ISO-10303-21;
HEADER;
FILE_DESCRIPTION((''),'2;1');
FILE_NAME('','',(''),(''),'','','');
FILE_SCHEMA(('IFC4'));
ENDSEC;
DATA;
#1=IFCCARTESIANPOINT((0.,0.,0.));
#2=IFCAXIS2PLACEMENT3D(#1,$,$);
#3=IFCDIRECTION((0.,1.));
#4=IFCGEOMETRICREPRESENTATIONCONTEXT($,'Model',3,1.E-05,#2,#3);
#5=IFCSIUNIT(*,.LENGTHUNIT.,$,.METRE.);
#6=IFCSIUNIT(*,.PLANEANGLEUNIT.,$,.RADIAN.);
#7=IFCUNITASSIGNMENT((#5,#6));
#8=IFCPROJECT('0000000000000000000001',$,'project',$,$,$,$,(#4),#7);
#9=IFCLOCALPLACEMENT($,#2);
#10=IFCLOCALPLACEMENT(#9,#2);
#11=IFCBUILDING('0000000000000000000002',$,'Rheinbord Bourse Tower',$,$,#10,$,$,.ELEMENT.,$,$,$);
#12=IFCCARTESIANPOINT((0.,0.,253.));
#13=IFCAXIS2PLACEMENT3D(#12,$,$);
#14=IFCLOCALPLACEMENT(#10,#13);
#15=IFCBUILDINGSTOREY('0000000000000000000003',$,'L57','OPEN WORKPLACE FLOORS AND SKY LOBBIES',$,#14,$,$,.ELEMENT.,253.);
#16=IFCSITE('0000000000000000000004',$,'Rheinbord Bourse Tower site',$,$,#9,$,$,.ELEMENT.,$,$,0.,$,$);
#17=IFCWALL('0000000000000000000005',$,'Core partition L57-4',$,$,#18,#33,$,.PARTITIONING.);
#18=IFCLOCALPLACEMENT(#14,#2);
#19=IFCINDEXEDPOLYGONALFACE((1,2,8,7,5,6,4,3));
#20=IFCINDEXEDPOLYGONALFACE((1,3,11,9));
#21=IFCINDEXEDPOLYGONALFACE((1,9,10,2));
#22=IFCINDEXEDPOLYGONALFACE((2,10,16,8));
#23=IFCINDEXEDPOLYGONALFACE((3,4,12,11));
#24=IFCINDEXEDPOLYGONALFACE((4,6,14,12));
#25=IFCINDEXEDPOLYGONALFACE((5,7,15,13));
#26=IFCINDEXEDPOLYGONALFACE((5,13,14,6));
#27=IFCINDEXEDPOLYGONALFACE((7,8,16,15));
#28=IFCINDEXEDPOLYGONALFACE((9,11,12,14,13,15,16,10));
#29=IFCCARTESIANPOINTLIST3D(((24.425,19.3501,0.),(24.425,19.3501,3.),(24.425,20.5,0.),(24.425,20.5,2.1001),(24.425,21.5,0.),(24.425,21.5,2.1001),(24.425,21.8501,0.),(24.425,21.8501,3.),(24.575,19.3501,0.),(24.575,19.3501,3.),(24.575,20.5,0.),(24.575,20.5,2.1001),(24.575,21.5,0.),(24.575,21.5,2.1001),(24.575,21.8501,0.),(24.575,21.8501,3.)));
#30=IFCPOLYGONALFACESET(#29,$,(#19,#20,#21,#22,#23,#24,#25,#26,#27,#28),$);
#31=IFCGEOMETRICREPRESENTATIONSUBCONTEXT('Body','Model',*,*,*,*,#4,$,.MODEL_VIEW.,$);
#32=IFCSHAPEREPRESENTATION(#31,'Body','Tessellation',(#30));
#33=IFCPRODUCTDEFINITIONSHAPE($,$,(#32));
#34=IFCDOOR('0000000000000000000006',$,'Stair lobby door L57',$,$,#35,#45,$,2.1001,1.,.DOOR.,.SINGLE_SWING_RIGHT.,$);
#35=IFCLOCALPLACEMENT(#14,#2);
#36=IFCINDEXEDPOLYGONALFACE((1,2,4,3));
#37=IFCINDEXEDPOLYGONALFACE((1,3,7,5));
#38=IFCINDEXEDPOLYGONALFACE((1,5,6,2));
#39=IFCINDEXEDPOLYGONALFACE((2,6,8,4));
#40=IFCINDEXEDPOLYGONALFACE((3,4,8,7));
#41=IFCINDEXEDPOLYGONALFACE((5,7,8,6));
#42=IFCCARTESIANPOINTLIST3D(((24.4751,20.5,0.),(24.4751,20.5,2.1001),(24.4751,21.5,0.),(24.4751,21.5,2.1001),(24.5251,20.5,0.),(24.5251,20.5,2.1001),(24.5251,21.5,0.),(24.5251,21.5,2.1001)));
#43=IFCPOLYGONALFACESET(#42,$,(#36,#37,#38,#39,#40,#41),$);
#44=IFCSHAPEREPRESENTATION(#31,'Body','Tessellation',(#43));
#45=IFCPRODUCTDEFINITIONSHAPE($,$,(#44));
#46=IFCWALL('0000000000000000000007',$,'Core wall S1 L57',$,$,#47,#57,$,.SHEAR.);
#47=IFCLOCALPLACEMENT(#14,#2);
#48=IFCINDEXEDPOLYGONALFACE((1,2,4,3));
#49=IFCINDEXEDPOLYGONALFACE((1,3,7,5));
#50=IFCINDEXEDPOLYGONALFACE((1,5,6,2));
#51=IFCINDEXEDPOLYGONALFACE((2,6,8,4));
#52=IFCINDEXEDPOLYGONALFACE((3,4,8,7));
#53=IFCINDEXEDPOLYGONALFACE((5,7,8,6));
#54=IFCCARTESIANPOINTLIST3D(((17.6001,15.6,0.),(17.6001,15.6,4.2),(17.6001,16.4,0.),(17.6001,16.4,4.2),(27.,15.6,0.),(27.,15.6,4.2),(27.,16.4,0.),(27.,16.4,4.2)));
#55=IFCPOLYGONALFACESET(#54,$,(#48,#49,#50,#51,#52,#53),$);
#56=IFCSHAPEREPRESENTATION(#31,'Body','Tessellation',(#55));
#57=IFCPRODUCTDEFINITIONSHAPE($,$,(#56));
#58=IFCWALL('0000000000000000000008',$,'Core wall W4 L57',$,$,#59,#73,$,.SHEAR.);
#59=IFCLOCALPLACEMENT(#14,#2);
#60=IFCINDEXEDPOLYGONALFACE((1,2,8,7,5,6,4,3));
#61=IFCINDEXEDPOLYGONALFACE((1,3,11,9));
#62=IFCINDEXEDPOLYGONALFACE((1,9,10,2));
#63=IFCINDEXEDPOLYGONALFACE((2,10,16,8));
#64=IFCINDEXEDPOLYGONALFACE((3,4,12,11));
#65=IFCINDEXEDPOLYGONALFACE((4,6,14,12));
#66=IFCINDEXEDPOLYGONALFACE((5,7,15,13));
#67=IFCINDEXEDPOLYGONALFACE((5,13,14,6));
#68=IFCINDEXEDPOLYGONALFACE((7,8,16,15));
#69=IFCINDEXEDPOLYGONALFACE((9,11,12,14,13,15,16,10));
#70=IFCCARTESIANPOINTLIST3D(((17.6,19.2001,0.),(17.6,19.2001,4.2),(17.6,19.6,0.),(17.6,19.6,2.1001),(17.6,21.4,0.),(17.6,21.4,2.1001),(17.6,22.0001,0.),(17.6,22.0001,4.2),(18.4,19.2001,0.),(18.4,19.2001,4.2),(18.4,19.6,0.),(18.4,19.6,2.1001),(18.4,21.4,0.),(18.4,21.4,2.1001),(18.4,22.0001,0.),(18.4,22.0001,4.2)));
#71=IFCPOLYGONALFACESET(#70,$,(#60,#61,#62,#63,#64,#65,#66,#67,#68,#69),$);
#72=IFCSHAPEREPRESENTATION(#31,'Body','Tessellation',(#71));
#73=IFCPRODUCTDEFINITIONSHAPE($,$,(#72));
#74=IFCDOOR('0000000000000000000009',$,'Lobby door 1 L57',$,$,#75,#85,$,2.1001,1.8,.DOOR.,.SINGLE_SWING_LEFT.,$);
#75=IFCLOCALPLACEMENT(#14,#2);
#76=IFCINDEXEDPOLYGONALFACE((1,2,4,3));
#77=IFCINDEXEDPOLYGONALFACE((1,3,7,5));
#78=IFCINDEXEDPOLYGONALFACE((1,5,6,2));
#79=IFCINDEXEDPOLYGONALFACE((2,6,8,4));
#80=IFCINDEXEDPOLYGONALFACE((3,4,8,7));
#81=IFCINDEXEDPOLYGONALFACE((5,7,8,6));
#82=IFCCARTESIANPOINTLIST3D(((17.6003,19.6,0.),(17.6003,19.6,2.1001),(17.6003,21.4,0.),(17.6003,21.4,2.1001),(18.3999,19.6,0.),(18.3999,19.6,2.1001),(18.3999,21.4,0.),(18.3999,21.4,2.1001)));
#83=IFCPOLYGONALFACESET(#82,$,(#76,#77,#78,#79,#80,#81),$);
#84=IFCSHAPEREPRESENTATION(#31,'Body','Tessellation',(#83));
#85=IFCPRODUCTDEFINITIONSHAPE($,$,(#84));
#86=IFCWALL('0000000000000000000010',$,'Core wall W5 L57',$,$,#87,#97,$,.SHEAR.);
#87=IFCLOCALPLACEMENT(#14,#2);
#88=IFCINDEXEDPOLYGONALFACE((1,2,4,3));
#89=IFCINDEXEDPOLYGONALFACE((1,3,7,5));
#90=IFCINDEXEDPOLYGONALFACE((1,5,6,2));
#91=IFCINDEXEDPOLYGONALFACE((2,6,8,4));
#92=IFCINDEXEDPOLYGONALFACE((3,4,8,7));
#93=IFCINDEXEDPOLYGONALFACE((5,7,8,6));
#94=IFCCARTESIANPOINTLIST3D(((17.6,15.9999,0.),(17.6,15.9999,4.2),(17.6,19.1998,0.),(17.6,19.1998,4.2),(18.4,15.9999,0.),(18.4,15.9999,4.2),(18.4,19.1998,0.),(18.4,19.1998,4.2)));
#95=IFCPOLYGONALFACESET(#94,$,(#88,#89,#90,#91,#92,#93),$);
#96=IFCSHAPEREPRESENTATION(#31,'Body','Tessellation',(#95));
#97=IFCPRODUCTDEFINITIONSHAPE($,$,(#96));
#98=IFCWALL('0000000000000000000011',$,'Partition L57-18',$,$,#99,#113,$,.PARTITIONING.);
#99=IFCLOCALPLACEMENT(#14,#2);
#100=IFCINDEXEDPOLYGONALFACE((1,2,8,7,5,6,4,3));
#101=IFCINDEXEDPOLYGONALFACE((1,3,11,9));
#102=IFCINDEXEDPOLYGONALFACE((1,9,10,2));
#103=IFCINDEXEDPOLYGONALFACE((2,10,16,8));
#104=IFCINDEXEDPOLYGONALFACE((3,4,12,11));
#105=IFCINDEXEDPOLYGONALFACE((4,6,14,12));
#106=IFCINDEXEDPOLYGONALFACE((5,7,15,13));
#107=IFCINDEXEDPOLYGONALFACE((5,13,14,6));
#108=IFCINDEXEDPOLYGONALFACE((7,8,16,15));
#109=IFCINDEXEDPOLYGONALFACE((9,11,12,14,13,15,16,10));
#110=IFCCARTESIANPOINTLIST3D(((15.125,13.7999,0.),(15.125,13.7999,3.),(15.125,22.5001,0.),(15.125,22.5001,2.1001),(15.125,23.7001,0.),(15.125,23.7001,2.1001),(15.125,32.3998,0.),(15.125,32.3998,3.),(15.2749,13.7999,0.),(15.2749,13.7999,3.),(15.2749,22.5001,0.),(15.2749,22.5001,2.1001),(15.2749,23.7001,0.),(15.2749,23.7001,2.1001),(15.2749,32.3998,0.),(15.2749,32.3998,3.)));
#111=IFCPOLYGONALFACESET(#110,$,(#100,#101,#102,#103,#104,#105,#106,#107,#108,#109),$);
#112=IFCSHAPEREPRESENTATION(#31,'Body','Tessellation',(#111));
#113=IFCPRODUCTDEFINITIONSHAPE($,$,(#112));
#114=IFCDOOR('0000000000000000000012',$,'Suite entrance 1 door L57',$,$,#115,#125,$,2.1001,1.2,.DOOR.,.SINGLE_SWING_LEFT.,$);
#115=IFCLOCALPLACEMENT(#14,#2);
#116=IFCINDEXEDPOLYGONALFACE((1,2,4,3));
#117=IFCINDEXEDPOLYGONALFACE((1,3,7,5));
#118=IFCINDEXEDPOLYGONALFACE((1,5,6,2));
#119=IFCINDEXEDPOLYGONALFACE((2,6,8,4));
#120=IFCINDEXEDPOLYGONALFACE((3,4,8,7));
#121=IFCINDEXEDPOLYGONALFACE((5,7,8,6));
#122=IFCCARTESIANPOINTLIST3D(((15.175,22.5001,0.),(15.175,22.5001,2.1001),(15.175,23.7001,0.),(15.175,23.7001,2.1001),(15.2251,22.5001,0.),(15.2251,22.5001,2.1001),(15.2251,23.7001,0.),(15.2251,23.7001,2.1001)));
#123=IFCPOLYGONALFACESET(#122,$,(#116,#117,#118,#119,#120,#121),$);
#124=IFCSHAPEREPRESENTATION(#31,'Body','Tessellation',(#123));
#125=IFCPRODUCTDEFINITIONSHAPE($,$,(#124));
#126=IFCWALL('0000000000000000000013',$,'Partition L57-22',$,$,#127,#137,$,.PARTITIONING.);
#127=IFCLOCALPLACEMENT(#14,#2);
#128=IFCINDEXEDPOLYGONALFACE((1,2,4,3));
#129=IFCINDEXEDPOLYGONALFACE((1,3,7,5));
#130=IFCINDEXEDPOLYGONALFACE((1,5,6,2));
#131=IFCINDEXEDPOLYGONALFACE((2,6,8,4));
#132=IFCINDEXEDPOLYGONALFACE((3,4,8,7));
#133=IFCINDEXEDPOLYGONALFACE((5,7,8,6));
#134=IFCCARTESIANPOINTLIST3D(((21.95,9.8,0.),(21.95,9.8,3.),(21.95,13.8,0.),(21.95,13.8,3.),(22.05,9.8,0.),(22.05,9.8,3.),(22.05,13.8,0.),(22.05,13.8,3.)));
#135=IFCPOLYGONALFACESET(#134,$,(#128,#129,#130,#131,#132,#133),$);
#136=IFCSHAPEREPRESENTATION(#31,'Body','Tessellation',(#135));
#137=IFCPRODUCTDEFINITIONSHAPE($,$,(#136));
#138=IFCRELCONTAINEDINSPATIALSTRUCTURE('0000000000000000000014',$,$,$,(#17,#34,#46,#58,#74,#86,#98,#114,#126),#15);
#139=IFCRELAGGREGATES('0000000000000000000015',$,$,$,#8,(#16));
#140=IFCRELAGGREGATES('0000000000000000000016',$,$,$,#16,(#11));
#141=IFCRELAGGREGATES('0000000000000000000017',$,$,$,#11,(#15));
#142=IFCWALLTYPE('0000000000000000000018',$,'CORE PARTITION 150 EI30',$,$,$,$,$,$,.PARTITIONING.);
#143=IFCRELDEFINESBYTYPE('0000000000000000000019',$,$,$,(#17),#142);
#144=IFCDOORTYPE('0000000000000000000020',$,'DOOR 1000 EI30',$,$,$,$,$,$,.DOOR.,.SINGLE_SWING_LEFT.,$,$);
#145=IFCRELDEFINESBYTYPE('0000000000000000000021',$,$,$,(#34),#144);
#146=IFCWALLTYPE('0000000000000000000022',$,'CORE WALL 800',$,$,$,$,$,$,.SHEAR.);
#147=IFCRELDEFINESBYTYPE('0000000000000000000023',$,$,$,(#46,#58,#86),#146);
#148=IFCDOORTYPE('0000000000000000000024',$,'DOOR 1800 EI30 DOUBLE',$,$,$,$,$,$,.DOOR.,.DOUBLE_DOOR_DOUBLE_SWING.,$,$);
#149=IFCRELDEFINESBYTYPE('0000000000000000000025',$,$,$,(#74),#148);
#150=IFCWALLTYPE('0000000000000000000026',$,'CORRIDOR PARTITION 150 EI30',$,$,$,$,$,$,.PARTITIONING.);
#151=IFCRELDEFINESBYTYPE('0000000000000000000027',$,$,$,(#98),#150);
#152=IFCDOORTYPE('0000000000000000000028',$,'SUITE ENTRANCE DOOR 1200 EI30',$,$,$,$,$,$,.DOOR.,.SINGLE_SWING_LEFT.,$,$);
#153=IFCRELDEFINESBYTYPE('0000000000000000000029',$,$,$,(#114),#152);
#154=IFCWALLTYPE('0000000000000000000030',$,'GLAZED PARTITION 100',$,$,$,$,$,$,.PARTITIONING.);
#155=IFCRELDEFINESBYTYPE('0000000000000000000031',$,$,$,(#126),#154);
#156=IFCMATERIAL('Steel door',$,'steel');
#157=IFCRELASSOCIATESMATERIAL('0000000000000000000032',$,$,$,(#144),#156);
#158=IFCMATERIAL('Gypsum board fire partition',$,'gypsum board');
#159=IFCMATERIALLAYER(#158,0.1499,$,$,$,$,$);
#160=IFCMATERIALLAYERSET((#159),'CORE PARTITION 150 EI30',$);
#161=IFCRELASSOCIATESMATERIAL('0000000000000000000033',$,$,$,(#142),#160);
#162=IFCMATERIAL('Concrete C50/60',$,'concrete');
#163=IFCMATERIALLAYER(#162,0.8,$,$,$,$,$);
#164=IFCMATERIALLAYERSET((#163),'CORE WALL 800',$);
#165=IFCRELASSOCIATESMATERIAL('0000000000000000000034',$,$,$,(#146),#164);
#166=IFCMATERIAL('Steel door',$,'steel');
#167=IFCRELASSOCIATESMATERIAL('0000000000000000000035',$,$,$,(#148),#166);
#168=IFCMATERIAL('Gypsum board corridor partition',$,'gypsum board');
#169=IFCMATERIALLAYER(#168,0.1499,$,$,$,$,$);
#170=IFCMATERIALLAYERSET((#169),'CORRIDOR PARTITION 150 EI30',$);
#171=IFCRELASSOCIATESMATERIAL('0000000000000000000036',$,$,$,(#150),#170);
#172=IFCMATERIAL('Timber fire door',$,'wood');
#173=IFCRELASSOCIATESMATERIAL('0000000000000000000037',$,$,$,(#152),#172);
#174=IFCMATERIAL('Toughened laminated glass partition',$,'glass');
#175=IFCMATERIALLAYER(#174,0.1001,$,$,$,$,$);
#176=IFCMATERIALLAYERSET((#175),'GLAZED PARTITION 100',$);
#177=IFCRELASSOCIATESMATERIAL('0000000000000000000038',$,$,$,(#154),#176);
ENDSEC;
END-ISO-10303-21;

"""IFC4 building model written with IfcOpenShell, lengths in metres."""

from ifc_helpers import new_model, si_unit, direction, frame, frame_2d, origin, place, context, subcontext, project, spatial, rectangle, extrude, material, layer, layer_set, type_object, element, fill, save


model = new_model("IFC4")

# Units and contexts
model_context = context("Model", 3, precision=1e-05, world=origin(), true_north=direction((0.0, 1.0)))
body_context = subcontext(model_context, "Body", "Model", "MODEL_VIEW")
ifc_project = project(units=[si_unit("LENGTHUNIT", "METRE"), si_unit("PLANEANGLEUNIT", "RADIAN")], contexts=[model_context])

# Site, building, storey
site_placement = place(None, origin())
site = spatial("IfcSite", under=ifc_project, at=site_placement, Name="Rheinbord Bourse Tower site", CompositionType="ELEMENT", RefElevation=0.0)
building_placement = place(site_placement, origin())
building = spatial("IfcBuilding", under=site, at=building_placement, Name="Rheinbord Bourse Tower", CompositionType="ELEMENT")
storey_placement = place(building_placement, frame((0.0, 0.0, 253.0)))
storey = spatial("IfcBuildingStorey", under=building, at=storey_placement, Name="L57", Description="OPEN WORKPLACE FLOORS AND SKY LOBBIES", CompositionType="ELEMENT", Elevation=253.0)

# Shared definitions
ifc_material_1 = material(Name="Steel door", Category="steel")
door_type_1 = type_object("IfcDoorType", Name="DOOR 1000 EI30", OperationType="SINGLE_SWING_LEFT", PredefinedType="DOOR", material=ifc_material_1)

# Wall, opening, door
ifc_material_2 = material(Name="Gypsum board fire partition", Category="gypsum board")
ifc_layer_1 = layer(ifc_material_2, 0.1499)
ifc_layer_set_1 = layer_set([ifc_layer_1], Name="CORE PARTITION 150 EI30")
wall_type_1 = type_object("IfcWallType", Name="CORE PARTITION 150 EI30", PredefinedType="PARTITIONING", material=ifc_layer_set_1)
wall_1_placement = place(storey_placement, frame((24.5, 19.3501, 0.0), z_axis=(0.0, 0.0, 1.0), x_axis=(0.0, 1.0, 0.0)))
wall_1 = element("IfcWall", 1, at=wall_1_placement, inside=storey, type_object=wall_type_1, Name="Core partition L57-4", PredefinedType="PARTITIONING", context=body_context, shape_type="SweptSolid", body=[
    extrude(rectangle(XDim=2.5, YDim=0.1499, at=frame_2d((1.25, 0.0))), origin(), (0.0, 0.0, 1.0), 3.0),
])
opening_1_placement = place(wall_1_placement, frame((1.1499, 0.0, 0.0)))
opening_1 = element("IfcOpeningElement", 2, at=opening_1_placement, cuts=wall_1, PredefinedType="OPENING", context=body_context, shape_type="SweptSolid", body=[
    extrude(rectangle(XDim=1.0, YDim=2.1001, at=frame_2d((0.5, 1.05))), frame((0.0, 0.085, 0.0), z_axis=(0.0, -1.0, 0.0), x_axis=(1.0, 0.0, 0.0)), (0.0, 0.0, 1.0), 0.1699),
])
door_1_placement = place(opening_1_placement, origin())
door_1 = element("IfcDoor", 3, at=door_1_placement, inside=storey, type_object=door_type_1, Name="Stair lobby door L57", OperationType="SINGLE_SWING_RIGHT", OverallHeight=2.1001, OverallWidth=1.0, PredefinedType="DOOR", context=body_context, shape_type="SweptSolid", body=[
    extrude(rectangle(XDim=1.0, YDim=2.1001, at=frame_2d((0.5, 1.05))), frame((0.0, 0.0249, 0.0), z_axis=(0.0, -1.0, 0.0), x_axis=(1.0, 0.0, 0.0)), (0.0, 0.0, 1.0), 0.05),
])
fill(opening_1, door_1)

# Wall
ifc_material_3 = material(Name="Concrete C50/60", Category="concrete")
ifc_layer_2 = layer(ifc_material_3, 0.8)
ifc_layer_set_2 = layer_set([ifc_layer_2], Name="CORE WALL 800")
wall_type_2 = type_object("IfcWallType", Name="CORE WALL 800", PredefinedType="SHEAR", material=ifc_layer_set_2)
wall_2_placement = place(storey_placement, frame((17.6001, 16.0, 0.0), z_axis=(0.0, 0.0, 1.0), x_axis=(1.0, 0.0, 0.0)))
element("IfcWall", 4, at=wall_2_placement, inside=storey, type_object=wall_type_2, Name="Core wall S1 L57", PredefinedType="SHEAR", context=body_context, shape_type="SweptSolid", body=[
    extrude(rectangle(XDim=9.3999, YDim=0.8, at=frame_2d((4.7, 0.0))), origin(), (0.0, 0.0, 1.0), 4.2),
])

# Wall, opening, door
wall_3_placement = place(storey_placement, frame((18.0, 22.0, 0.0), z_axis=(0.0, 0.0, 1.0), x_axis=(0.0, -1.0, 0.0)))
wall_3 = element("IfcWall", 5, at=wall_3_placement, inside=storey, type_object=wall_type_2, Name="Core wall W4 L57", PredefinedType="SHEAR", context=body_context, shape_type="SweptSolid", body=[
    extrude(rectangle(XDim=2.8, YDim=0.8, at=frame_2d((1.3999, 0.0))), origin(), (0.0, 0.0, 1.0), 4.2),
])
opening_2_placement = place(wall_3_placement, frame((0.6001, 0.0, 0.0)))
opening_2 = element("IfcOpeningElement", 6, at=opening_2_placement, cuts=wall_3, PredefinedType="OPENING", context=body_context, shape_type="SweptSolid", body=[
    extrude(rectangle(XDim=1.8, YDim=2.1001, at=frame_2d((0.8999, 1.05))), frame((0.0, 0.4099, 0.0), z_axis=(0.0, -1.0, 0.0), x_axis=(1.0, 0.0, 0.0)), (0.0, 0.0, 1.0), 0.8201),
])
ifc_material_4 = material(Name="Steel door", Category="steel")
door_type_2 = type_object("IfcDoorType", Name="DOOR 1800 EI30 DOUBLE", OperationType="DOUBLE_DOOR_DOUBLE_SWING", PredefinedType="DOOR", material=ifc_material_4)
door_2_placement = place(opening_2_placement, origin())
door_2 = element("IfcDoor", 7, at=door_2_placement, inside=storey, type_object=door_type_2, Name="Lobby door 1 L57", OperationType="SINGLE_SWING_LEFT", OverallHeight=2.1001, OverallWidth=1.8, PredefinedType="DOOR", context=body_context, shape_type="SweptSolid", body=[
    extrude(rectangle(XDim=1.8, YDim=2.1001, at=frame_2d((0.8999, 1.05))), frame((0.0, 0.3999, 0.0), z_axis=(0.0, -1.0, 0.0), x_axis=(1.0, 0.0, 0.0)), (0.0, 0.0, 1.0), 0.7996),
])
fill(opening_2, door_2)

# Wall
wall_4_placement = place(storey_placement, frame((18.0, 19.2, 0.0), z_axis=(0.0, 0.0, 1.0), x_axis=(0.0, -1.0, 0.0)))
element("IfcWall", 8, at=wall_4_placement, inside=storey, type_object=wall_type_2, Name="Core wall W5 L57", PredefinedType="SHEAR", context=body_context, shape_type="SweptSolid", body=[
    extrude(rectangle(XDim=3.2, YDim=0.8, at=frame_2d((1.6001, 0.0))), origin(), (0.0, 0.0, 1.0), 4.2),
])

# Wall, opening, door
ifc_material_5 = material(Name="Gypsum board corridor partition", Category="gypsum board")
ifc_layer_3 = layer(ifc_material_5, 0.1499)
ifc_layer_set_3 = layer_set([ifc_layer_3], Name="CORRIDOR PARTITION 150 EI30")
wall_type_3 = type_object("IfcWallType", Name="CORRIDOR PARTITION 150 EI30", PredefinedType="PARTITIONING", material=ifc_layer_set_3)
wall_5_placement = place(storey_placement, frame((15.2, 13.8, 0.0), z_axis=(0.0, 0.0, 1.0), x_axis=(0.0, 1.0, 0.0)))
wall_5 = element("IfcWall", 9, at=wall_5_placement, inside=storey, type_object=wall_type_3, Name="Partition L57-18", PredefinedType="PARTITIONING", context=body_context, shape_type="SweptSolid", body=[
    extrude(rectangle(XDim=18.5999, YDim=0.1499, at=frame_2d((9.2998, 0.0))), origin(), (0.0, 0.0, 1.0), 3.0),
])
opening_3_placement = place(wall_5_placement, frame((8.7, 0.0, 0.0)))
opening_3 = element("IfcOpeningElement", 10, at=opening_3_placement, cuts=wall_5, PredefinedType="OPENING", context=body_context, shape_type="SweptSolid", body=[
    extrude(rectangle(XDim=1.2, YDim=2.1001, at=frame_2d((0.6001, 1.05))), frame((0.0, 0.085, 0.0), z_axis=(0.0, -1.0, 0.0), x_axis=(1.0, 0.0, 0.0)), (0.0, 0.0, 1.0), 0.1699),
])
ifc_material_6 = material(Name="Timber fire door", Category="wood")
door_type_3 = type_object("IfcDoorType", Name="SUITE ENTRANCE DOOR 1200 EI30", OperationType="SINGLE_SWING_LEFT", PredefinedType="DOOR", material=ifc_material_6)
door_3_placement = place(opening_3_placement, origin())
door_3 = element("IfcDoor", 11, at=door_3_placement, inside=storey, type_object=door_type_3, Name="Suite entrance 1 door L57", OperationType="SINGLE_SWING_LEFT", OverallHeight=2.1001, OverallWidth=1.2, PredefinedType="DOOR", context=body_context, shape_type="SweptSolid", body=[
    extrude(rectangle(XDim=1.2, YDim=2.1001, at=frame_2d((0.6001, 1.05))), frame((0.0, 0.0249, 0.0), z_axis=(0.0, -1.0, 0.0), x_axis=(1.0, 0.0, 0.0)), (0.0, 0.0, 1.0), 0.05),
])
fill(opening_3, door_3)

# Wall
ifc_material_7 = material(Name="Toughened laminated glass partition", Category="glass")
ifc_layer_4 = layer(ifc_material_7, 0.1001)
ifc_layer_set_4 = layer_set([ifc_layer_4], Name="GLAZED PARTITION 100")
wall_type_4 = type_object("IfcWallType", Name="GLAZED PARTITION 100", PredefinedType="PARTITIONING", material=ifc_layer_set_4)
wall_6_placement = place(storey_placement, frame((22.0, 9.8, 0.0), z_axis=(0.0, 0.0, 1.0), x_axis=(0.0, 1.0, 0.0)))
element("IfcWall", 12, at=wall_6_placement, inside=storey, type_object=wall_type_4, Name="Partition L57-22", PredefinedType="PARTITIONING", context=body_context, shape_type="SweptSolid", body=[
    extrude(rectangle(XDim=4.0, YDim=0.1001, at=frame_2d((2.0, 0.0))), origin(), (0.0, 0.0, 1.0), 3.0),
])

save(model, "model.ifc")
